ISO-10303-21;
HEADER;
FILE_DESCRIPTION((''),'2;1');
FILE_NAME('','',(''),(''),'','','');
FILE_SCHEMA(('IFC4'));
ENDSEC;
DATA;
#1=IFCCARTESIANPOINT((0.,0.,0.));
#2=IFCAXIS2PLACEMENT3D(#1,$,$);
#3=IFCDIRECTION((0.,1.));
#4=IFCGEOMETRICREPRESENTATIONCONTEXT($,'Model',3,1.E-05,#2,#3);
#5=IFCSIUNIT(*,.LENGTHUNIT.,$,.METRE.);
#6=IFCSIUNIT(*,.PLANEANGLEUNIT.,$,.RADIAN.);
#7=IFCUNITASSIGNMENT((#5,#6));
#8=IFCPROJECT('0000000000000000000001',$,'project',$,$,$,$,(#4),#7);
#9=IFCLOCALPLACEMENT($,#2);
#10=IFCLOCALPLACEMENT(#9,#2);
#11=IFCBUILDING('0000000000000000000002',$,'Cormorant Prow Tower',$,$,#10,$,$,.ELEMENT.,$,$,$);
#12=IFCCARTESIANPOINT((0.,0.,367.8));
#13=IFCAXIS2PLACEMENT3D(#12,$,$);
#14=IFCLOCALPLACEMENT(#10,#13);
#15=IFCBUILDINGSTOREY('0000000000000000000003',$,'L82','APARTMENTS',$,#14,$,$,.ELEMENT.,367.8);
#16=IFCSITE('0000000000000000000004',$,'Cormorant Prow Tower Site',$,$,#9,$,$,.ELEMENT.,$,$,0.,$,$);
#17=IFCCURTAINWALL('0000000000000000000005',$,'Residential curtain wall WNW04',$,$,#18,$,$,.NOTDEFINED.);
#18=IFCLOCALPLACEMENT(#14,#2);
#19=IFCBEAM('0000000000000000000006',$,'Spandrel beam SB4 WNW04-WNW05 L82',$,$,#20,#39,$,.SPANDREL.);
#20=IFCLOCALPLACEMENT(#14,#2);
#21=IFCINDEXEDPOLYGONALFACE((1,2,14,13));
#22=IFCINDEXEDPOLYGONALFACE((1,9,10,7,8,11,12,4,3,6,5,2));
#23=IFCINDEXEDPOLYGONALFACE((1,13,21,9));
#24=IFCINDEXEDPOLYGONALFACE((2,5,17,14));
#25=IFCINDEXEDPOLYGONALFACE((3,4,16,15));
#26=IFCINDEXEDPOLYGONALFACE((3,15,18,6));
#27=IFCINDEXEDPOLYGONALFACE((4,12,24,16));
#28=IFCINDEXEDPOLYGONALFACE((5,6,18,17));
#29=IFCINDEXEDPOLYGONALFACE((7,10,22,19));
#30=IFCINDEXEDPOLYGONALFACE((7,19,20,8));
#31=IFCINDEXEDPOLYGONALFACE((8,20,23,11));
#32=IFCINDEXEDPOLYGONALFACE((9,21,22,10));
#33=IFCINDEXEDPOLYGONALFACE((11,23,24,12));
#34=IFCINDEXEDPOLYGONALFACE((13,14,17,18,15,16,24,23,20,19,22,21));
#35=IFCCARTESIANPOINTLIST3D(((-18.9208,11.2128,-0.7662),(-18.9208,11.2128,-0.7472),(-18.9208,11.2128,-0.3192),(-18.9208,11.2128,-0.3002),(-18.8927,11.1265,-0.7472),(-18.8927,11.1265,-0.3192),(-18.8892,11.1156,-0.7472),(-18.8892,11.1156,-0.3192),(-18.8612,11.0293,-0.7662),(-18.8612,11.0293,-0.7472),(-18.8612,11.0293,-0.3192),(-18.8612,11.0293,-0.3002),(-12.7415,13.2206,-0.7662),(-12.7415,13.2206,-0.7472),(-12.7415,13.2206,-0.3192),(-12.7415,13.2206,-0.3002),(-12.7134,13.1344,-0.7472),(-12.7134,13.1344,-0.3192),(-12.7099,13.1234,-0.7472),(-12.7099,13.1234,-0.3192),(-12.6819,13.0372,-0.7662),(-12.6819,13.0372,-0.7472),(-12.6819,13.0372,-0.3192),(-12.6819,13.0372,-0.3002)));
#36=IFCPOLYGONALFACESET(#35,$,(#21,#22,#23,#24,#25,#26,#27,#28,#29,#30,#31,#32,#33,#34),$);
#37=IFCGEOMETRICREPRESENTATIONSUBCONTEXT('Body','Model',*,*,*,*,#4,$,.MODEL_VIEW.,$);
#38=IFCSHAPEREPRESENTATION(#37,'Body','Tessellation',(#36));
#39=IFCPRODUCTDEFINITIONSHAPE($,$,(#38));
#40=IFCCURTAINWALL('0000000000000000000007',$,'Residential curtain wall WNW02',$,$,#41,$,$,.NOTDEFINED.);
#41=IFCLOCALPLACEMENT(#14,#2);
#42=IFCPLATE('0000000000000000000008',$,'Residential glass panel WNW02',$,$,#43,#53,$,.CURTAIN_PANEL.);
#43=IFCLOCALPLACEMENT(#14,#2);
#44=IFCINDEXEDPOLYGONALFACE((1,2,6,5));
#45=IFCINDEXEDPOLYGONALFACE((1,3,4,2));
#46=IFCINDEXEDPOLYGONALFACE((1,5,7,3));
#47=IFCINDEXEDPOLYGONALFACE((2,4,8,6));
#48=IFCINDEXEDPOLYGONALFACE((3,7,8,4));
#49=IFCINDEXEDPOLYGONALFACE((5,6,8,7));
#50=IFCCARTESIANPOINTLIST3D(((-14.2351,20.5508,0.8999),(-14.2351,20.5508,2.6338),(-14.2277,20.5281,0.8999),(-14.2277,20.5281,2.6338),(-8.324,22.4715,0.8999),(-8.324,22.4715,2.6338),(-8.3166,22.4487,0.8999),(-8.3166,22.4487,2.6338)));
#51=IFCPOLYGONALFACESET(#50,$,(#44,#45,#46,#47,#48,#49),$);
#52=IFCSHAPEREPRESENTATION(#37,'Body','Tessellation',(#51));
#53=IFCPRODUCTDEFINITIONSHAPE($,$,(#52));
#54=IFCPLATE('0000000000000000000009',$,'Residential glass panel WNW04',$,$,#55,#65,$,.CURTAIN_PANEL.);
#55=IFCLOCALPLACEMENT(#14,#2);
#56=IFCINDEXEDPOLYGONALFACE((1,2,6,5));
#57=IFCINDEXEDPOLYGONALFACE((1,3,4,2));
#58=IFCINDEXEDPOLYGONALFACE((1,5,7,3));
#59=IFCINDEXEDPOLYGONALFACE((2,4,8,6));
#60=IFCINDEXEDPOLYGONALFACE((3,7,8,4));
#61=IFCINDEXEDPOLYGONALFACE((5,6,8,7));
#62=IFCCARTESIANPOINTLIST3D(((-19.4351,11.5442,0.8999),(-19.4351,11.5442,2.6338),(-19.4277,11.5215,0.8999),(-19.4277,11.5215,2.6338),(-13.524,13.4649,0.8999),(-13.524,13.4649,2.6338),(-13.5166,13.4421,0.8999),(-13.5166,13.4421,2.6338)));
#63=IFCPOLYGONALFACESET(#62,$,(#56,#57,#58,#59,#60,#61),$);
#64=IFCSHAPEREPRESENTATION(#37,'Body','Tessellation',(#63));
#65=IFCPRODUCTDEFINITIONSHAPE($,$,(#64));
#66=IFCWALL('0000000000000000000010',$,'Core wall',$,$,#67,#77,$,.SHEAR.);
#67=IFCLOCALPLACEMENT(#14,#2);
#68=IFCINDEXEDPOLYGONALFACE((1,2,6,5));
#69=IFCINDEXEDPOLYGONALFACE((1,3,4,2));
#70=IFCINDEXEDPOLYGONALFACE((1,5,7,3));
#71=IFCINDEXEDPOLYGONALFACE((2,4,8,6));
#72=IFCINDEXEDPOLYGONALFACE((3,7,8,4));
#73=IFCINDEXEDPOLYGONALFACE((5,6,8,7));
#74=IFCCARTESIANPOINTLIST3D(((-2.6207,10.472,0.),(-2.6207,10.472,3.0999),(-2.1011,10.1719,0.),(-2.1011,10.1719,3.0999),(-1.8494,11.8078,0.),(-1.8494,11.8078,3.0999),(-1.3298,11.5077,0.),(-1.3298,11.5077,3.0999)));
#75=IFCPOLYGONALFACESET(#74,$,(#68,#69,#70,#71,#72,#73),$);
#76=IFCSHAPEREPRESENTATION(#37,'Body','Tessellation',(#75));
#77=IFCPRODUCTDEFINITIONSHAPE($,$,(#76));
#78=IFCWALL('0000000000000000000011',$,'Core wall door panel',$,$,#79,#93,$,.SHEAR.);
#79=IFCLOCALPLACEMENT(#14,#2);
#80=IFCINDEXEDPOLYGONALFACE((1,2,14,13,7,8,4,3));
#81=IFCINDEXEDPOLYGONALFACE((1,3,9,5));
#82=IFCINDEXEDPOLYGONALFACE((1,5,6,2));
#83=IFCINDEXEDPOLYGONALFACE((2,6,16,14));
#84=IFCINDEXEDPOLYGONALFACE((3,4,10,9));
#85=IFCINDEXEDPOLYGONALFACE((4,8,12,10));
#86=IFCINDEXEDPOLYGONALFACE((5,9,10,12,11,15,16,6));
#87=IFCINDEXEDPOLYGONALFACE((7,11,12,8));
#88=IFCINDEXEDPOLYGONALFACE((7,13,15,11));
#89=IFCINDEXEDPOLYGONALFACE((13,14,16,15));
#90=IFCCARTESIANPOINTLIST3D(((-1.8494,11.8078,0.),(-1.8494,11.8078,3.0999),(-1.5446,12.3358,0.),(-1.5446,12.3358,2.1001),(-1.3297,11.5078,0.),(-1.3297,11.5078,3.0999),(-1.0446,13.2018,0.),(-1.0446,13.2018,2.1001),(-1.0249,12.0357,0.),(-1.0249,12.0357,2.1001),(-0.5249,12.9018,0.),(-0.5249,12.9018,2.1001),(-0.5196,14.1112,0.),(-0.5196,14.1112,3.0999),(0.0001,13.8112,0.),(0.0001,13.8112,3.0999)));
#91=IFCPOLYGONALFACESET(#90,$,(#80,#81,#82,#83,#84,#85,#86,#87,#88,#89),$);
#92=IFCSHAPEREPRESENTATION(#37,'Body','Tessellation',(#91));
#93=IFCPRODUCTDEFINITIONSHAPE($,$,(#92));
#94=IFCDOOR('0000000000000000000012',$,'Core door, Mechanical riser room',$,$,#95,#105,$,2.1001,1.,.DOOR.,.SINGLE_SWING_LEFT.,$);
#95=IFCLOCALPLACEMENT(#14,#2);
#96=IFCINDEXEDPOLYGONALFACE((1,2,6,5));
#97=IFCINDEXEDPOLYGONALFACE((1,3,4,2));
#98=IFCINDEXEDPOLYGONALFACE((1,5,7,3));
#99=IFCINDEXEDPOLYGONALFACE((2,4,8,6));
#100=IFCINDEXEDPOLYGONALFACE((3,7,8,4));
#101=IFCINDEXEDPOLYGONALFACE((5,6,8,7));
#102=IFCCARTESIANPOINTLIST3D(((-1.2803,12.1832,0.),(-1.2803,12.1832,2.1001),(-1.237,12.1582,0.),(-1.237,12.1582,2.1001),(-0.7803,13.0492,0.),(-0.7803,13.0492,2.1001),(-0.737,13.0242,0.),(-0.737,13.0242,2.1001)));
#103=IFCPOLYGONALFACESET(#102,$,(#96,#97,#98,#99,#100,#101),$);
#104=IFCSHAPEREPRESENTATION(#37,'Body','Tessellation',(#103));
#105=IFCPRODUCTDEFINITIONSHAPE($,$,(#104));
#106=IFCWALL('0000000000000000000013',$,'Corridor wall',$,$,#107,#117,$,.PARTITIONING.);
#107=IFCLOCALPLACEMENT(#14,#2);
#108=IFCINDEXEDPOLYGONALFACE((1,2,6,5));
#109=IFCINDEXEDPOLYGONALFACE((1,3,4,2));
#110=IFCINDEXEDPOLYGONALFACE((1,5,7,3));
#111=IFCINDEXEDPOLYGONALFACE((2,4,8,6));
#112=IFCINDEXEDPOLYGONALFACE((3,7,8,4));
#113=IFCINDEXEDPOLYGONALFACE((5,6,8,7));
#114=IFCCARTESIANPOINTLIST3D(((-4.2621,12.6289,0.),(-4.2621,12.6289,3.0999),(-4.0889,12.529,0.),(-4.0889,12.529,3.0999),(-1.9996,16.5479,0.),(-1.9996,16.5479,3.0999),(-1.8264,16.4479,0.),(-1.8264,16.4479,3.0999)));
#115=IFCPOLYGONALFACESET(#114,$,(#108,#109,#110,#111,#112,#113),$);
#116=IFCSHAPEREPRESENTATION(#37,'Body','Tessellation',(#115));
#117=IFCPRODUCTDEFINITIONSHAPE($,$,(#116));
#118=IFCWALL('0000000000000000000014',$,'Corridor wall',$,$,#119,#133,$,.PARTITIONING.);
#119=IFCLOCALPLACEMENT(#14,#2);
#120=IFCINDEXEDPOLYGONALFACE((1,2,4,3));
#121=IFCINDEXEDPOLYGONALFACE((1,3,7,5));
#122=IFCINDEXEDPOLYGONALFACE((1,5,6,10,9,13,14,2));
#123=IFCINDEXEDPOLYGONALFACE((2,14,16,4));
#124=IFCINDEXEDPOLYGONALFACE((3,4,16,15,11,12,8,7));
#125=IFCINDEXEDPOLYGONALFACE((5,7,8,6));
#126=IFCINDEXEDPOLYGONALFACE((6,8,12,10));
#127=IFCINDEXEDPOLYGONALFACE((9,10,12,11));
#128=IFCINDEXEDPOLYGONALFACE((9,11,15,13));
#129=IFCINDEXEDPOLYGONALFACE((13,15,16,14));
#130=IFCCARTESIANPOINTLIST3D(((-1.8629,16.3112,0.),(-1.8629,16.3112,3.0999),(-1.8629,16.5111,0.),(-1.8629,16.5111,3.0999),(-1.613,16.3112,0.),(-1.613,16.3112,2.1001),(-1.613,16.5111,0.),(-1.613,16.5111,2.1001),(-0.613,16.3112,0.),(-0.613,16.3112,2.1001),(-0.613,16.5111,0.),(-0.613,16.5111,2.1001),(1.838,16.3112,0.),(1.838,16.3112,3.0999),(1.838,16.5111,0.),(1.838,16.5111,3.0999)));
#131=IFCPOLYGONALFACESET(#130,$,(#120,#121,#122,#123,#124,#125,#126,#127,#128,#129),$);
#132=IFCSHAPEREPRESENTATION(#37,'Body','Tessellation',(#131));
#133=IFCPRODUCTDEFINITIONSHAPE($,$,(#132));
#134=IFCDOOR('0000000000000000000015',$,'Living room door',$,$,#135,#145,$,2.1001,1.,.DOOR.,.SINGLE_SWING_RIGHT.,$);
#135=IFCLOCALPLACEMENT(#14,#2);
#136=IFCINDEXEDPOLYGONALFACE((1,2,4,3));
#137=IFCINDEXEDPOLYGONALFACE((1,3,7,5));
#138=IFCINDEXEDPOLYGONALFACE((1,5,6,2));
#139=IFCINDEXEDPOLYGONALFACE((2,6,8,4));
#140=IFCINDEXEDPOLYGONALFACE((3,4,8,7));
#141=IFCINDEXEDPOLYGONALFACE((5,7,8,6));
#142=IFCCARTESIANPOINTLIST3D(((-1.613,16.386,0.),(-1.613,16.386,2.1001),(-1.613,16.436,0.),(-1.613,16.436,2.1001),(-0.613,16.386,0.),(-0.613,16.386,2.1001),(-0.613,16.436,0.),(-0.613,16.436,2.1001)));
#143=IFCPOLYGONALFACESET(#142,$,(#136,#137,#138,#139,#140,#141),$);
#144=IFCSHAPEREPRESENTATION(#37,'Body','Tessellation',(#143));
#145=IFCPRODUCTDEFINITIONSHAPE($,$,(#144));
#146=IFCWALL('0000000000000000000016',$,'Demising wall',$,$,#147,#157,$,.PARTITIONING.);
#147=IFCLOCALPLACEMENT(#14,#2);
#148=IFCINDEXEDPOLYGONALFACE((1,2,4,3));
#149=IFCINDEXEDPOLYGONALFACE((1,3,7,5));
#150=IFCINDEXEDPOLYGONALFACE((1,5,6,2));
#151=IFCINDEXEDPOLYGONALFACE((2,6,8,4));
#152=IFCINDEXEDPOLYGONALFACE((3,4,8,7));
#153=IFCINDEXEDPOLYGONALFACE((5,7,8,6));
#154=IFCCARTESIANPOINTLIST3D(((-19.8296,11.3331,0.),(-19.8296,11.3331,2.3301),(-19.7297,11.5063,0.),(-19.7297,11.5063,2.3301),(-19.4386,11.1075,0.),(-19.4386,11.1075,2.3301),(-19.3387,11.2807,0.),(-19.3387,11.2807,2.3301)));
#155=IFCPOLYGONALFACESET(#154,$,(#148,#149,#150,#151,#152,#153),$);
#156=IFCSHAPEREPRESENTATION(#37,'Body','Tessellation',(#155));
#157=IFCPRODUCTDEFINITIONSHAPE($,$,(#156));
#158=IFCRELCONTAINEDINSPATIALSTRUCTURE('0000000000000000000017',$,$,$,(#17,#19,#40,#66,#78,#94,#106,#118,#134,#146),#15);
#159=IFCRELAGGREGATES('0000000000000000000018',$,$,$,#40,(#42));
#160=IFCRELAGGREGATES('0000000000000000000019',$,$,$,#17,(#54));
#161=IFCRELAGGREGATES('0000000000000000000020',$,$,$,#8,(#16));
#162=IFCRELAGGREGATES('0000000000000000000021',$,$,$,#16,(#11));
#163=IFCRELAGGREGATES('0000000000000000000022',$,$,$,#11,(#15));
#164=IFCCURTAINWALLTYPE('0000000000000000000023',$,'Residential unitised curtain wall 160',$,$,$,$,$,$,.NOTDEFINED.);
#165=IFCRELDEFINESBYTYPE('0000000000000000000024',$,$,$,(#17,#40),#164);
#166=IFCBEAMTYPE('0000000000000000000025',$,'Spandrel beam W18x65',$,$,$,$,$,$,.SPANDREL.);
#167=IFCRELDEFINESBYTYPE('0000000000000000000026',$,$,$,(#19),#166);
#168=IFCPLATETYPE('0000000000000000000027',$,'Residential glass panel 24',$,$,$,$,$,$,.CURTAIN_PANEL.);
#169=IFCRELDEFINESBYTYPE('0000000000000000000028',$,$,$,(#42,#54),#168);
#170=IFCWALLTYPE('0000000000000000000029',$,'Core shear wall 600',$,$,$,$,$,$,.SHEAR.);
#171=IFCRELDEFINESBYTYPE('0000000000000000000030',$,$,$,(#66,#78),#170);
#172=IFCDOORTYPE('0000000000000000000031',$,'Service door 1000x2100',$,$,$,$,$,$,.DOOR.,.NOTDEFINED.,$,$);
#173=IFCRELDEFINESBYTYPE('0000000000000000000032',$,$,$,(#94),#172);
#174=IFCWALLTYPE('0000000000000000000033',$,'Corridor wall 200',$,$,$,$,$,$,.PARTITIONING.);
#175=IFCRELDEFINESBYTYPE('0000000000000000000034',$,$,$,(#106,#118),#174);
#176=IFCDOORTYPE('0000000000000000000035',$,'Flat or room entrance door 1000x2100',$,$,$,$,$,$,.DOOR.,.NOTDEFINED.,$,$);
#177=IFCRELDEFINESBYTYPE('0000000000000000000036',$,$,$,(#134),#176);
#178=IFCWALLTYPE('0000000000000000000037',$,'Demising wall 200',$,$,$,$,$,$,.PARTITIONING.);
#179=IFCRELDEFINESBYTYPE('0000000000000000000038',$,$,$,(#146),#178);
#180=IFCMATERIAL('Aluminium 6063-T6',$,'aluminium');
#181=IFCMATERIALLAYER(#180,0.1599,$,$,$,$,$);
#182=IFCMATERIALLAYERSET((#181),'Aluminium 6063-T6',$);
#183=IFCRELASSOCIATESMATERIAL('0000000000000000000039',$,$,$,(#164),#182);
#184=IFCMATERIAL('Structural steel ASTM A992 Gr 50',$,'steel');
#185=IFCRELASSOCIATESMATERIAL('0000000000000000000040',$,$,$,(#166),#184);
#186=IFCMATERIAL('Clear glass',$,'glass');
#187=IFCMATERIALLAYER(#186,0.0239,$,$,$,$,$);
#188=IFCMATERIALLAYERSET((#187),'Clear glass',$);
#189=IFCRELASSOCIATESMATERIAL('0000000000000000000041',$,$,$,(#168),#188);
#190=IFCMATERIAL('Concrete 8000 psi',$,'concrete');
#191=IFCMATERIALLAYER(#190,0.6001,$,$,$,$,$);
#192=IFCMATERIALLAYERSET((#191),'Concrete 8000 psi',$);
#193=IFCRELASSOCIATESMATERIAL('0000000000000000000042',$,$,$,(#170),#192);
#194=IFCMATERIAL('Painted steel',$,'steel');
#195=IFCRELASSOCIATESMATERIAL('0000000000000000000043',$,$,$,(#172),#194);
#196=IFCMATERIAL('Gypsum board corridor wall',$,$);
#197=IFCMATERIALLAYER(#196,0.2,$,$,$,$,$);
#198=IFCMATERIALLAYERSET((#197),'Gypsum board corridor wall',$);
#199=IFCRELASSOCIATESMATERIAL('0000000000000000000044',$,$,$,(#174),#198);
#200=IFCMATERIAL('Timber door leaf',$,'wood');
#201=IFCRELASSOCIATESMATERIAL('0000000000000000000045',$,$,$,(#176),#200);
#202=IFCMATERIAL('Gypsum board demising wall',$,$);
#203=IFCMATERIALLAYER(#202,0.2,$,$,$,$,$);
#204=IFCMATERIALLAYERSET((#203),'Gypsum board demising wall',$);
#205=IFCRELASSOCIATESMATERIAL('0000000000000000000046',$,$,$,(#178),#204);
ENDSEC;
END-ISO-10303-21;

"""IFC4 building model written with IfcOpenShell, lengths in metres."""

from ifc_helpers import new_model, si_unit, direction, frame, frame_2d, origin, origin_2d, place, context, subcontext, project, spatial, rectangle, i_section, extrude, material, layer, layer_set, material_profile, profile_set, type_object, element, fill, aggregate, save


model = new_model("IFC4")

# Units and contexts
model_context = context("Model", 3, precision=1e-05, world=origin(), true_north=direction((0.0, 1.0)))
body_context = subcontext(model_context, "Body", "Model", "MODEL_VIEW")
ifc_project = project(units=[si_unit("LENGTHUNIT", "METRE"), si_unit("PLANEANGLEUNIT", "RADIAN")], contexts=[model_context])

# Site, building, storey
site_placement = place(None, origin())
site = spatial("IfcSite", under=ifc_project, at=site_placement, Name="Cormorant Prow Tower Site", CompositionType="ELEMENT", RefElevation=0.0)
building_placement = place(site_placement, origin())
building = spatial("IfcBuilding", under=site, at=building_placement, Name="Cormorant Prow Tower", CompositionType="ELEMENT")
storey_placement = place(building_placement, frame((0.0, 0.0, 367.8)))
storey = spatial("IfcBuildingStorey", under=building, at=storey_placement, Name="L82", Description="APARTMENTS", CompositionType="ELEMENT", Elevation=367.8)

# Curtain wall
ifc_material_1 = material(Name="Aluminium 6063-T6", Category="aluminium")
ifc_layer_1 = layer(ifc_material_1, 0.1599)
ifc_layer_set_1 = layer_set([ifc_layer_1], Name="Aluminium 6063-T6")
curtain_wall_type = type_object("IfcCurtainWallType", Name="Residential unitised curtain wall 160", PredefinedType="NOTDEFINED", material=ifc_layer_set_1)
curtain_wall_1_placement = place(storey_placement, origin())
curtain_wall_1 = element("IfcCurtainWall", 1, at=curtain_wall_1_placement, inside=storey, type_object=curtain_wall_type, Name="Residential curtain wall WNW04", PredefinedType="NOTDEFINED")

# Beam
ifc_material_2 = material(Name="Structural steel ASTM A992 Gr 50", Category="steel")
ifc_material_profile_1 = material_profile(ifc_material_2, i_section(OverallWidth=0.1929, OverallDepth=0.4661, WebThickness=0.0115, FlangeThickness=0.019, at=origin_2d()), Name="W18x65")
ifc_profile_set_1 = profile_set([ifc_material_profile_1], Name="Structural steel ASTM A992 Gr 50")
beam_type_1 = type_object("IfcBeamType", Name="Spandrel beam W18x65", PredefinedType="SPANDREL", material=ifc_profile_set_1)
beam_1_placement = place(storey_placement, frame((-12.7117, 13.1289, -0.5332), z_axis=(-0.951053, -0.309027, 0.0), x_axis=(0.309027, -0.951053, 0.0)))
element("IfcBeam", 2, at=beam_1_placement, inside=storey, type_object=beam_type_1, Name="Spandrel beam SB4 WNW04-WNW05 L82", PredefinedType="SPANDREL", context=body_context, shape_type="SweptSolid", body=[
    extrude(i_section(OverallWidth=0.1929, OverallDepth=0.4661, WebThickness=0.0115, FlangeThickness=0.019, at=origin_2d()), origin(), (0.0, 0.0, 1.0), 6.4973),
])

# Curtain wall, plate
curtain_wall_2_placement = place(storey_placement, origin())
curtain_wall_2 = element("IfcCurtainWall", 3, at=curtain_wall_2_placement, inside=storey, type_object=curtain_wall_type, Name="Residential curtain wall WNW02", PredefinedType="NOTDEFINED")
ifc_material_3 = material(Name="Clear glass", Category="glass")
ifc_layer_2 = layer(ifc_material_3, 0.0239)
ifc_layer_set_2 = layer_set([ifc_layer_2], Name="Clear glass")
plate_type = type_object("IfcPlateType", Name="Residential glass panel 24", PredefinedType="CURTAIN_PANEL", material=ifc_layer_set_2)
plate_1_placement = place(storey_placement, frame((-11.2759, 21.4998, 0.8999), z_axis=(0.0, 0.0, 1.0), x_axis=(-0.951057, -0.309017, 0.0)))
plate_1 = element("IfcPlate", 4, at=plate_1_placement, type_object=plate_type, Name="Residential glass panel WNW02", PredefinedType="CURTAIN_PANEL", context=body_context, shape_type="SweptSolid", body=[
    extrude(rectangle(XDim=6.2153, YDim=0.0239, at=origin_2d()), origin(), (0.0, 0.0, 1.0), 1.7339),
])
aggregate(curtain_wall_2, [plate_1])

# Plate
plate_2_placement = place(storey_placement, frame((-16.4758, 12.4932, 0.8999), z_axis=(0.0, 0.0, 1.0), x_axis=(-0.951057, -0.309017, 0.0)))
plate_2 = element("IfcPlate", 5, at=plate_2_placement, type_object=plate_type, Name="Residential glass panel WNW04", PredefinedType="CURTAIN_PANEL", context=body_context, shape_type="SweptSolid", body=[
    extrude(rectangle(XDim=6.2153, YDim=0.0239, at=origin_2d()), origin(), (0.0, 0.0, 1.0), 1.7339),
])
aggregate(curtain_wall_1, [plate_2])

# Wall
ifc_material_4 = material(Name="Concrete 8000 psi", Category="concrete")
ifc_layer_3 = layer(ifc_material_4, 0.6001)
ifc_layer_set_3 = layer_set([ifc_layer_3], Name="Concrete 8000 psi")
wall_type_1 = type_object("IfcWallType", Name="Core shear wall 600", PredefinedType="SHEAR", material=ifc_layer_set_3)
wall_1_placement = place(storey_placement, frame((-1.5896, 11.6577, 0.0), z_axis=(0.0, 0.0, 1.0), x_axis=(-0.500038, -0.866004, 0.0)))
element("IfcWall", 6, at=wall_1_placement, inside=storey, type_object=wall_type_1, Name="Core wall", PredefinedType="SHEAR", context=body_context, shape_type="SweptSolid", body=[
    extrude(rectangle(XDim=1.5425, YDim=0.6001, at=frame_2d((0.7712, 0.0))), origin(), (0.0, 0.0, 1.0), 3.0999),
])

# Wall, opening, door
wall_2_placement = place(storey_placement, frame((-0.2598, 13.9612, 0.0), z_axis=(0.0, 0.0, 1.0), x_axis=(-0.499979, -0.866037, 0.0)))
wall_2 = element("IfcWall", 7, at=wall_2_placement, inside=storey, type_object=wall_type_1, Name="Core wall door panel", PredefinedType="SHEAR", context=body_context, shape_type="SweptSolid", body=[
    extrude(rectangle(XDim=2.6597, YDim=0.6001, at=frame_2d((1.3298, 0.0))), origin(), (0.0, 0.0, 1.0), 3.0999),
])
opening_1_placement = place(wall_2_placement, frame((1.05, 0.0, 0.0)))
opening_1 = element("IfcOpeningElement", 8, at=opening_1_placement, cuts=wall_2, PredefinedType="OPENING", context=body_context, shape_type="SweptSolid", body=[
    extrude(rectangle(XDim=1.0, YDim=2.1001, at=frame_2d((0.5, 1.05))), frame((0.0, 0.3101, 0.0), z_axis=(0.0, -1.0, 0.0), x_axis=(1.0, 0.0, 0.0)), (0.0, 0.0, 1.0), 0.6201),
])
ifc_material_5 = material(Name="Painted steel", Category="steel")
door_type_1 = type_object("IfcDoorType", Name="Service door 1000x2100", OperationType="NOTDEFINED", PredefinedType="DOOR", material=ifc_material_5)
door_1_placement = place(opening_1_placement, origin())
door_1 = element("IfcDoor", 9, at=door_1_placement, inside=storey, type_object=door_type_1, Name="Core door, Mechanical riser room", OperationType="SINGLE_SWING_LEFT", OverallHeight=2.1001, OverallWidth=1.0, PredefinedType="DOOR", context=body_context, shape_type="SweptSolid", body=[
    extrude(rectangle(XDim=1.0, YDim=2.1001, at=frame_2d((0.5, 1.05))), frame((0.0, 0.0552, 0.0), z_axis=(0.0, -1.0, 0.0), x_axis=(1.0, 0.0, 0.0)), (0.0, 0.0, 1.0), 0.05),
])
fill(opening_1, door_1)

# Wall
ifc_material_6 = material(Name="Gypsum board corridor wall")
ifc_layer_4 = layer(ifc_material_6, 0.2)
ifc_layer_set_4 = layer_set([ifc_layer_4], Name="Gypsum board corridor wall")
wall_type_2 = type_object("IfcWallType", Name="Corridor wall 200", PredefinedType="PARTITIONING", material=ifc_layer_set_4)
wall_3_placement = place(storey_placement, frame((-4.1755, 12.5789, 0.0), z_axis=(0.0, 0.0, 1.0), x_axis=(0.499975, 0.86604, 0.0)))
element("IfcWall", 10, at=wall_3_placement, inside=storey, type_object=wall_type_2, Name="Corridor wall", PredefinedType="PARTITIONING", context=body_context, shape_type="SweptSolid", body=[
    extrude(rectangle(XDim=4.5251, YDim=0.2, at=frame_2d((2.2627, 0.0))), origin(), (0.0, 0.0, 1.0), 3.0999),
])

# Wall, opening, door
wall_4_placement = place(storey_placement, frame((-1.863, 16.4111, 0.0), z_axis=(0.0, 0.0, 1.0), x_axis=(1.0, 0.0, 0.0)))
wall_4 = element("IfcWall", 11, at=wall_4_placement, inside=storey, type_object=wall_type_2, Name="Corridor wall", PredefinedType="PARTITIONING", context=body_context, shape_type="SweptSolid", body=[
    extrude(rectangle(XDim=3.7009, YDim=0.2, at=frame_2d((1.8506, 0.0))), origin(), (0.0, 0.0, 1.0), 3.0999),
])
opening_2_placement = place(wall_4_placement, frame((0.25, 0.0, 0.0)))
opening_2 = element("IfcOpeningElement", 12, at=opening_2_placement, cuts=wall_4, PredefinedType="OPENING", context=body_context, shape_type="SweptSolid", body=[
    extrude(rectangle(XDim=1.0, YDim=2.1001, at=frame_2d((0.5, 1.05))), frame((0.0, 0.1099, 0.0), z_axis=(0.0, -1.0, 0.0), x_axis=(1.0, 0.0, 0.0)), (0.0, 0.0, 1.0), 0.22),
])
ifc_material_7 = material(Name="Timber door leaf", Category="wood")
door_type_2 = type_object("IfcDoorType", Name="Flat or room entrance door 1000x2100", OperationType="NOTDEFINED", PredefinedType="DOOR", material=ifc_material_7)
door_2_placement = place(opening_2_placement, origin())
door_2 = element("IfcDoor", 13, at=door_2_placement, inside=storey, type_object=door_type_2, Name="Living room door", OperationType="SINGLE_SWING_RIGHT", OverallHeight=2.1001, OverallWidth=1.0, PredefinedType="DOOR", context=body_context, shape_type="SweptSolid", body=[
    extrude(rectangle(XDim=1.0, YDim=2.1001, at=frame_2d((0.5, 1.05))), frame((0.0, 0.0249, 0.0), z_axis=(0.0, -1.0, 0.0), x_axis=(1.0, 0.0, 0.0)), (0.0, 0.0, 1.0), 0.05),
])
fill(opening_2, door_2)

# Wall
ifc_material_8 = material(Name="Gypsum board demising wall")
ifc_layer_5 = layer(ifc_material_8, 0.2)
ifc_layer_set_5 = layer_set([ifc_layer_5], Name="Gypsum board demising wall")
wall_type_3 = type_object("IfcWallType", Name="Demising wall 200", PredefinedType="PARTITIONING", material=ifc_layer_set_5)
wall_5_placement = place(storey_placement, frame((-19.7795, 11.4197, 0.0), z_axis=(0.0, 0.0, 1.0), x_axis=(0.866105, -0.499863, 0.0)))
element("IfcWall", 14, at=wall_5_placement, inside=storey, type_object=wall_type_3, Name="Demising wall", PredefinedType="PARTITIONING", context=body_context, shape_type="SweptSolid", body=[
    extrude(rectangle(XDim=0.4514, YDim=0.2, at=frame_2d((0.2256, 0.0))), origin(), (0.0, 0.0, 1.0), 2.3301),
])

save(model, "model.ifc")
